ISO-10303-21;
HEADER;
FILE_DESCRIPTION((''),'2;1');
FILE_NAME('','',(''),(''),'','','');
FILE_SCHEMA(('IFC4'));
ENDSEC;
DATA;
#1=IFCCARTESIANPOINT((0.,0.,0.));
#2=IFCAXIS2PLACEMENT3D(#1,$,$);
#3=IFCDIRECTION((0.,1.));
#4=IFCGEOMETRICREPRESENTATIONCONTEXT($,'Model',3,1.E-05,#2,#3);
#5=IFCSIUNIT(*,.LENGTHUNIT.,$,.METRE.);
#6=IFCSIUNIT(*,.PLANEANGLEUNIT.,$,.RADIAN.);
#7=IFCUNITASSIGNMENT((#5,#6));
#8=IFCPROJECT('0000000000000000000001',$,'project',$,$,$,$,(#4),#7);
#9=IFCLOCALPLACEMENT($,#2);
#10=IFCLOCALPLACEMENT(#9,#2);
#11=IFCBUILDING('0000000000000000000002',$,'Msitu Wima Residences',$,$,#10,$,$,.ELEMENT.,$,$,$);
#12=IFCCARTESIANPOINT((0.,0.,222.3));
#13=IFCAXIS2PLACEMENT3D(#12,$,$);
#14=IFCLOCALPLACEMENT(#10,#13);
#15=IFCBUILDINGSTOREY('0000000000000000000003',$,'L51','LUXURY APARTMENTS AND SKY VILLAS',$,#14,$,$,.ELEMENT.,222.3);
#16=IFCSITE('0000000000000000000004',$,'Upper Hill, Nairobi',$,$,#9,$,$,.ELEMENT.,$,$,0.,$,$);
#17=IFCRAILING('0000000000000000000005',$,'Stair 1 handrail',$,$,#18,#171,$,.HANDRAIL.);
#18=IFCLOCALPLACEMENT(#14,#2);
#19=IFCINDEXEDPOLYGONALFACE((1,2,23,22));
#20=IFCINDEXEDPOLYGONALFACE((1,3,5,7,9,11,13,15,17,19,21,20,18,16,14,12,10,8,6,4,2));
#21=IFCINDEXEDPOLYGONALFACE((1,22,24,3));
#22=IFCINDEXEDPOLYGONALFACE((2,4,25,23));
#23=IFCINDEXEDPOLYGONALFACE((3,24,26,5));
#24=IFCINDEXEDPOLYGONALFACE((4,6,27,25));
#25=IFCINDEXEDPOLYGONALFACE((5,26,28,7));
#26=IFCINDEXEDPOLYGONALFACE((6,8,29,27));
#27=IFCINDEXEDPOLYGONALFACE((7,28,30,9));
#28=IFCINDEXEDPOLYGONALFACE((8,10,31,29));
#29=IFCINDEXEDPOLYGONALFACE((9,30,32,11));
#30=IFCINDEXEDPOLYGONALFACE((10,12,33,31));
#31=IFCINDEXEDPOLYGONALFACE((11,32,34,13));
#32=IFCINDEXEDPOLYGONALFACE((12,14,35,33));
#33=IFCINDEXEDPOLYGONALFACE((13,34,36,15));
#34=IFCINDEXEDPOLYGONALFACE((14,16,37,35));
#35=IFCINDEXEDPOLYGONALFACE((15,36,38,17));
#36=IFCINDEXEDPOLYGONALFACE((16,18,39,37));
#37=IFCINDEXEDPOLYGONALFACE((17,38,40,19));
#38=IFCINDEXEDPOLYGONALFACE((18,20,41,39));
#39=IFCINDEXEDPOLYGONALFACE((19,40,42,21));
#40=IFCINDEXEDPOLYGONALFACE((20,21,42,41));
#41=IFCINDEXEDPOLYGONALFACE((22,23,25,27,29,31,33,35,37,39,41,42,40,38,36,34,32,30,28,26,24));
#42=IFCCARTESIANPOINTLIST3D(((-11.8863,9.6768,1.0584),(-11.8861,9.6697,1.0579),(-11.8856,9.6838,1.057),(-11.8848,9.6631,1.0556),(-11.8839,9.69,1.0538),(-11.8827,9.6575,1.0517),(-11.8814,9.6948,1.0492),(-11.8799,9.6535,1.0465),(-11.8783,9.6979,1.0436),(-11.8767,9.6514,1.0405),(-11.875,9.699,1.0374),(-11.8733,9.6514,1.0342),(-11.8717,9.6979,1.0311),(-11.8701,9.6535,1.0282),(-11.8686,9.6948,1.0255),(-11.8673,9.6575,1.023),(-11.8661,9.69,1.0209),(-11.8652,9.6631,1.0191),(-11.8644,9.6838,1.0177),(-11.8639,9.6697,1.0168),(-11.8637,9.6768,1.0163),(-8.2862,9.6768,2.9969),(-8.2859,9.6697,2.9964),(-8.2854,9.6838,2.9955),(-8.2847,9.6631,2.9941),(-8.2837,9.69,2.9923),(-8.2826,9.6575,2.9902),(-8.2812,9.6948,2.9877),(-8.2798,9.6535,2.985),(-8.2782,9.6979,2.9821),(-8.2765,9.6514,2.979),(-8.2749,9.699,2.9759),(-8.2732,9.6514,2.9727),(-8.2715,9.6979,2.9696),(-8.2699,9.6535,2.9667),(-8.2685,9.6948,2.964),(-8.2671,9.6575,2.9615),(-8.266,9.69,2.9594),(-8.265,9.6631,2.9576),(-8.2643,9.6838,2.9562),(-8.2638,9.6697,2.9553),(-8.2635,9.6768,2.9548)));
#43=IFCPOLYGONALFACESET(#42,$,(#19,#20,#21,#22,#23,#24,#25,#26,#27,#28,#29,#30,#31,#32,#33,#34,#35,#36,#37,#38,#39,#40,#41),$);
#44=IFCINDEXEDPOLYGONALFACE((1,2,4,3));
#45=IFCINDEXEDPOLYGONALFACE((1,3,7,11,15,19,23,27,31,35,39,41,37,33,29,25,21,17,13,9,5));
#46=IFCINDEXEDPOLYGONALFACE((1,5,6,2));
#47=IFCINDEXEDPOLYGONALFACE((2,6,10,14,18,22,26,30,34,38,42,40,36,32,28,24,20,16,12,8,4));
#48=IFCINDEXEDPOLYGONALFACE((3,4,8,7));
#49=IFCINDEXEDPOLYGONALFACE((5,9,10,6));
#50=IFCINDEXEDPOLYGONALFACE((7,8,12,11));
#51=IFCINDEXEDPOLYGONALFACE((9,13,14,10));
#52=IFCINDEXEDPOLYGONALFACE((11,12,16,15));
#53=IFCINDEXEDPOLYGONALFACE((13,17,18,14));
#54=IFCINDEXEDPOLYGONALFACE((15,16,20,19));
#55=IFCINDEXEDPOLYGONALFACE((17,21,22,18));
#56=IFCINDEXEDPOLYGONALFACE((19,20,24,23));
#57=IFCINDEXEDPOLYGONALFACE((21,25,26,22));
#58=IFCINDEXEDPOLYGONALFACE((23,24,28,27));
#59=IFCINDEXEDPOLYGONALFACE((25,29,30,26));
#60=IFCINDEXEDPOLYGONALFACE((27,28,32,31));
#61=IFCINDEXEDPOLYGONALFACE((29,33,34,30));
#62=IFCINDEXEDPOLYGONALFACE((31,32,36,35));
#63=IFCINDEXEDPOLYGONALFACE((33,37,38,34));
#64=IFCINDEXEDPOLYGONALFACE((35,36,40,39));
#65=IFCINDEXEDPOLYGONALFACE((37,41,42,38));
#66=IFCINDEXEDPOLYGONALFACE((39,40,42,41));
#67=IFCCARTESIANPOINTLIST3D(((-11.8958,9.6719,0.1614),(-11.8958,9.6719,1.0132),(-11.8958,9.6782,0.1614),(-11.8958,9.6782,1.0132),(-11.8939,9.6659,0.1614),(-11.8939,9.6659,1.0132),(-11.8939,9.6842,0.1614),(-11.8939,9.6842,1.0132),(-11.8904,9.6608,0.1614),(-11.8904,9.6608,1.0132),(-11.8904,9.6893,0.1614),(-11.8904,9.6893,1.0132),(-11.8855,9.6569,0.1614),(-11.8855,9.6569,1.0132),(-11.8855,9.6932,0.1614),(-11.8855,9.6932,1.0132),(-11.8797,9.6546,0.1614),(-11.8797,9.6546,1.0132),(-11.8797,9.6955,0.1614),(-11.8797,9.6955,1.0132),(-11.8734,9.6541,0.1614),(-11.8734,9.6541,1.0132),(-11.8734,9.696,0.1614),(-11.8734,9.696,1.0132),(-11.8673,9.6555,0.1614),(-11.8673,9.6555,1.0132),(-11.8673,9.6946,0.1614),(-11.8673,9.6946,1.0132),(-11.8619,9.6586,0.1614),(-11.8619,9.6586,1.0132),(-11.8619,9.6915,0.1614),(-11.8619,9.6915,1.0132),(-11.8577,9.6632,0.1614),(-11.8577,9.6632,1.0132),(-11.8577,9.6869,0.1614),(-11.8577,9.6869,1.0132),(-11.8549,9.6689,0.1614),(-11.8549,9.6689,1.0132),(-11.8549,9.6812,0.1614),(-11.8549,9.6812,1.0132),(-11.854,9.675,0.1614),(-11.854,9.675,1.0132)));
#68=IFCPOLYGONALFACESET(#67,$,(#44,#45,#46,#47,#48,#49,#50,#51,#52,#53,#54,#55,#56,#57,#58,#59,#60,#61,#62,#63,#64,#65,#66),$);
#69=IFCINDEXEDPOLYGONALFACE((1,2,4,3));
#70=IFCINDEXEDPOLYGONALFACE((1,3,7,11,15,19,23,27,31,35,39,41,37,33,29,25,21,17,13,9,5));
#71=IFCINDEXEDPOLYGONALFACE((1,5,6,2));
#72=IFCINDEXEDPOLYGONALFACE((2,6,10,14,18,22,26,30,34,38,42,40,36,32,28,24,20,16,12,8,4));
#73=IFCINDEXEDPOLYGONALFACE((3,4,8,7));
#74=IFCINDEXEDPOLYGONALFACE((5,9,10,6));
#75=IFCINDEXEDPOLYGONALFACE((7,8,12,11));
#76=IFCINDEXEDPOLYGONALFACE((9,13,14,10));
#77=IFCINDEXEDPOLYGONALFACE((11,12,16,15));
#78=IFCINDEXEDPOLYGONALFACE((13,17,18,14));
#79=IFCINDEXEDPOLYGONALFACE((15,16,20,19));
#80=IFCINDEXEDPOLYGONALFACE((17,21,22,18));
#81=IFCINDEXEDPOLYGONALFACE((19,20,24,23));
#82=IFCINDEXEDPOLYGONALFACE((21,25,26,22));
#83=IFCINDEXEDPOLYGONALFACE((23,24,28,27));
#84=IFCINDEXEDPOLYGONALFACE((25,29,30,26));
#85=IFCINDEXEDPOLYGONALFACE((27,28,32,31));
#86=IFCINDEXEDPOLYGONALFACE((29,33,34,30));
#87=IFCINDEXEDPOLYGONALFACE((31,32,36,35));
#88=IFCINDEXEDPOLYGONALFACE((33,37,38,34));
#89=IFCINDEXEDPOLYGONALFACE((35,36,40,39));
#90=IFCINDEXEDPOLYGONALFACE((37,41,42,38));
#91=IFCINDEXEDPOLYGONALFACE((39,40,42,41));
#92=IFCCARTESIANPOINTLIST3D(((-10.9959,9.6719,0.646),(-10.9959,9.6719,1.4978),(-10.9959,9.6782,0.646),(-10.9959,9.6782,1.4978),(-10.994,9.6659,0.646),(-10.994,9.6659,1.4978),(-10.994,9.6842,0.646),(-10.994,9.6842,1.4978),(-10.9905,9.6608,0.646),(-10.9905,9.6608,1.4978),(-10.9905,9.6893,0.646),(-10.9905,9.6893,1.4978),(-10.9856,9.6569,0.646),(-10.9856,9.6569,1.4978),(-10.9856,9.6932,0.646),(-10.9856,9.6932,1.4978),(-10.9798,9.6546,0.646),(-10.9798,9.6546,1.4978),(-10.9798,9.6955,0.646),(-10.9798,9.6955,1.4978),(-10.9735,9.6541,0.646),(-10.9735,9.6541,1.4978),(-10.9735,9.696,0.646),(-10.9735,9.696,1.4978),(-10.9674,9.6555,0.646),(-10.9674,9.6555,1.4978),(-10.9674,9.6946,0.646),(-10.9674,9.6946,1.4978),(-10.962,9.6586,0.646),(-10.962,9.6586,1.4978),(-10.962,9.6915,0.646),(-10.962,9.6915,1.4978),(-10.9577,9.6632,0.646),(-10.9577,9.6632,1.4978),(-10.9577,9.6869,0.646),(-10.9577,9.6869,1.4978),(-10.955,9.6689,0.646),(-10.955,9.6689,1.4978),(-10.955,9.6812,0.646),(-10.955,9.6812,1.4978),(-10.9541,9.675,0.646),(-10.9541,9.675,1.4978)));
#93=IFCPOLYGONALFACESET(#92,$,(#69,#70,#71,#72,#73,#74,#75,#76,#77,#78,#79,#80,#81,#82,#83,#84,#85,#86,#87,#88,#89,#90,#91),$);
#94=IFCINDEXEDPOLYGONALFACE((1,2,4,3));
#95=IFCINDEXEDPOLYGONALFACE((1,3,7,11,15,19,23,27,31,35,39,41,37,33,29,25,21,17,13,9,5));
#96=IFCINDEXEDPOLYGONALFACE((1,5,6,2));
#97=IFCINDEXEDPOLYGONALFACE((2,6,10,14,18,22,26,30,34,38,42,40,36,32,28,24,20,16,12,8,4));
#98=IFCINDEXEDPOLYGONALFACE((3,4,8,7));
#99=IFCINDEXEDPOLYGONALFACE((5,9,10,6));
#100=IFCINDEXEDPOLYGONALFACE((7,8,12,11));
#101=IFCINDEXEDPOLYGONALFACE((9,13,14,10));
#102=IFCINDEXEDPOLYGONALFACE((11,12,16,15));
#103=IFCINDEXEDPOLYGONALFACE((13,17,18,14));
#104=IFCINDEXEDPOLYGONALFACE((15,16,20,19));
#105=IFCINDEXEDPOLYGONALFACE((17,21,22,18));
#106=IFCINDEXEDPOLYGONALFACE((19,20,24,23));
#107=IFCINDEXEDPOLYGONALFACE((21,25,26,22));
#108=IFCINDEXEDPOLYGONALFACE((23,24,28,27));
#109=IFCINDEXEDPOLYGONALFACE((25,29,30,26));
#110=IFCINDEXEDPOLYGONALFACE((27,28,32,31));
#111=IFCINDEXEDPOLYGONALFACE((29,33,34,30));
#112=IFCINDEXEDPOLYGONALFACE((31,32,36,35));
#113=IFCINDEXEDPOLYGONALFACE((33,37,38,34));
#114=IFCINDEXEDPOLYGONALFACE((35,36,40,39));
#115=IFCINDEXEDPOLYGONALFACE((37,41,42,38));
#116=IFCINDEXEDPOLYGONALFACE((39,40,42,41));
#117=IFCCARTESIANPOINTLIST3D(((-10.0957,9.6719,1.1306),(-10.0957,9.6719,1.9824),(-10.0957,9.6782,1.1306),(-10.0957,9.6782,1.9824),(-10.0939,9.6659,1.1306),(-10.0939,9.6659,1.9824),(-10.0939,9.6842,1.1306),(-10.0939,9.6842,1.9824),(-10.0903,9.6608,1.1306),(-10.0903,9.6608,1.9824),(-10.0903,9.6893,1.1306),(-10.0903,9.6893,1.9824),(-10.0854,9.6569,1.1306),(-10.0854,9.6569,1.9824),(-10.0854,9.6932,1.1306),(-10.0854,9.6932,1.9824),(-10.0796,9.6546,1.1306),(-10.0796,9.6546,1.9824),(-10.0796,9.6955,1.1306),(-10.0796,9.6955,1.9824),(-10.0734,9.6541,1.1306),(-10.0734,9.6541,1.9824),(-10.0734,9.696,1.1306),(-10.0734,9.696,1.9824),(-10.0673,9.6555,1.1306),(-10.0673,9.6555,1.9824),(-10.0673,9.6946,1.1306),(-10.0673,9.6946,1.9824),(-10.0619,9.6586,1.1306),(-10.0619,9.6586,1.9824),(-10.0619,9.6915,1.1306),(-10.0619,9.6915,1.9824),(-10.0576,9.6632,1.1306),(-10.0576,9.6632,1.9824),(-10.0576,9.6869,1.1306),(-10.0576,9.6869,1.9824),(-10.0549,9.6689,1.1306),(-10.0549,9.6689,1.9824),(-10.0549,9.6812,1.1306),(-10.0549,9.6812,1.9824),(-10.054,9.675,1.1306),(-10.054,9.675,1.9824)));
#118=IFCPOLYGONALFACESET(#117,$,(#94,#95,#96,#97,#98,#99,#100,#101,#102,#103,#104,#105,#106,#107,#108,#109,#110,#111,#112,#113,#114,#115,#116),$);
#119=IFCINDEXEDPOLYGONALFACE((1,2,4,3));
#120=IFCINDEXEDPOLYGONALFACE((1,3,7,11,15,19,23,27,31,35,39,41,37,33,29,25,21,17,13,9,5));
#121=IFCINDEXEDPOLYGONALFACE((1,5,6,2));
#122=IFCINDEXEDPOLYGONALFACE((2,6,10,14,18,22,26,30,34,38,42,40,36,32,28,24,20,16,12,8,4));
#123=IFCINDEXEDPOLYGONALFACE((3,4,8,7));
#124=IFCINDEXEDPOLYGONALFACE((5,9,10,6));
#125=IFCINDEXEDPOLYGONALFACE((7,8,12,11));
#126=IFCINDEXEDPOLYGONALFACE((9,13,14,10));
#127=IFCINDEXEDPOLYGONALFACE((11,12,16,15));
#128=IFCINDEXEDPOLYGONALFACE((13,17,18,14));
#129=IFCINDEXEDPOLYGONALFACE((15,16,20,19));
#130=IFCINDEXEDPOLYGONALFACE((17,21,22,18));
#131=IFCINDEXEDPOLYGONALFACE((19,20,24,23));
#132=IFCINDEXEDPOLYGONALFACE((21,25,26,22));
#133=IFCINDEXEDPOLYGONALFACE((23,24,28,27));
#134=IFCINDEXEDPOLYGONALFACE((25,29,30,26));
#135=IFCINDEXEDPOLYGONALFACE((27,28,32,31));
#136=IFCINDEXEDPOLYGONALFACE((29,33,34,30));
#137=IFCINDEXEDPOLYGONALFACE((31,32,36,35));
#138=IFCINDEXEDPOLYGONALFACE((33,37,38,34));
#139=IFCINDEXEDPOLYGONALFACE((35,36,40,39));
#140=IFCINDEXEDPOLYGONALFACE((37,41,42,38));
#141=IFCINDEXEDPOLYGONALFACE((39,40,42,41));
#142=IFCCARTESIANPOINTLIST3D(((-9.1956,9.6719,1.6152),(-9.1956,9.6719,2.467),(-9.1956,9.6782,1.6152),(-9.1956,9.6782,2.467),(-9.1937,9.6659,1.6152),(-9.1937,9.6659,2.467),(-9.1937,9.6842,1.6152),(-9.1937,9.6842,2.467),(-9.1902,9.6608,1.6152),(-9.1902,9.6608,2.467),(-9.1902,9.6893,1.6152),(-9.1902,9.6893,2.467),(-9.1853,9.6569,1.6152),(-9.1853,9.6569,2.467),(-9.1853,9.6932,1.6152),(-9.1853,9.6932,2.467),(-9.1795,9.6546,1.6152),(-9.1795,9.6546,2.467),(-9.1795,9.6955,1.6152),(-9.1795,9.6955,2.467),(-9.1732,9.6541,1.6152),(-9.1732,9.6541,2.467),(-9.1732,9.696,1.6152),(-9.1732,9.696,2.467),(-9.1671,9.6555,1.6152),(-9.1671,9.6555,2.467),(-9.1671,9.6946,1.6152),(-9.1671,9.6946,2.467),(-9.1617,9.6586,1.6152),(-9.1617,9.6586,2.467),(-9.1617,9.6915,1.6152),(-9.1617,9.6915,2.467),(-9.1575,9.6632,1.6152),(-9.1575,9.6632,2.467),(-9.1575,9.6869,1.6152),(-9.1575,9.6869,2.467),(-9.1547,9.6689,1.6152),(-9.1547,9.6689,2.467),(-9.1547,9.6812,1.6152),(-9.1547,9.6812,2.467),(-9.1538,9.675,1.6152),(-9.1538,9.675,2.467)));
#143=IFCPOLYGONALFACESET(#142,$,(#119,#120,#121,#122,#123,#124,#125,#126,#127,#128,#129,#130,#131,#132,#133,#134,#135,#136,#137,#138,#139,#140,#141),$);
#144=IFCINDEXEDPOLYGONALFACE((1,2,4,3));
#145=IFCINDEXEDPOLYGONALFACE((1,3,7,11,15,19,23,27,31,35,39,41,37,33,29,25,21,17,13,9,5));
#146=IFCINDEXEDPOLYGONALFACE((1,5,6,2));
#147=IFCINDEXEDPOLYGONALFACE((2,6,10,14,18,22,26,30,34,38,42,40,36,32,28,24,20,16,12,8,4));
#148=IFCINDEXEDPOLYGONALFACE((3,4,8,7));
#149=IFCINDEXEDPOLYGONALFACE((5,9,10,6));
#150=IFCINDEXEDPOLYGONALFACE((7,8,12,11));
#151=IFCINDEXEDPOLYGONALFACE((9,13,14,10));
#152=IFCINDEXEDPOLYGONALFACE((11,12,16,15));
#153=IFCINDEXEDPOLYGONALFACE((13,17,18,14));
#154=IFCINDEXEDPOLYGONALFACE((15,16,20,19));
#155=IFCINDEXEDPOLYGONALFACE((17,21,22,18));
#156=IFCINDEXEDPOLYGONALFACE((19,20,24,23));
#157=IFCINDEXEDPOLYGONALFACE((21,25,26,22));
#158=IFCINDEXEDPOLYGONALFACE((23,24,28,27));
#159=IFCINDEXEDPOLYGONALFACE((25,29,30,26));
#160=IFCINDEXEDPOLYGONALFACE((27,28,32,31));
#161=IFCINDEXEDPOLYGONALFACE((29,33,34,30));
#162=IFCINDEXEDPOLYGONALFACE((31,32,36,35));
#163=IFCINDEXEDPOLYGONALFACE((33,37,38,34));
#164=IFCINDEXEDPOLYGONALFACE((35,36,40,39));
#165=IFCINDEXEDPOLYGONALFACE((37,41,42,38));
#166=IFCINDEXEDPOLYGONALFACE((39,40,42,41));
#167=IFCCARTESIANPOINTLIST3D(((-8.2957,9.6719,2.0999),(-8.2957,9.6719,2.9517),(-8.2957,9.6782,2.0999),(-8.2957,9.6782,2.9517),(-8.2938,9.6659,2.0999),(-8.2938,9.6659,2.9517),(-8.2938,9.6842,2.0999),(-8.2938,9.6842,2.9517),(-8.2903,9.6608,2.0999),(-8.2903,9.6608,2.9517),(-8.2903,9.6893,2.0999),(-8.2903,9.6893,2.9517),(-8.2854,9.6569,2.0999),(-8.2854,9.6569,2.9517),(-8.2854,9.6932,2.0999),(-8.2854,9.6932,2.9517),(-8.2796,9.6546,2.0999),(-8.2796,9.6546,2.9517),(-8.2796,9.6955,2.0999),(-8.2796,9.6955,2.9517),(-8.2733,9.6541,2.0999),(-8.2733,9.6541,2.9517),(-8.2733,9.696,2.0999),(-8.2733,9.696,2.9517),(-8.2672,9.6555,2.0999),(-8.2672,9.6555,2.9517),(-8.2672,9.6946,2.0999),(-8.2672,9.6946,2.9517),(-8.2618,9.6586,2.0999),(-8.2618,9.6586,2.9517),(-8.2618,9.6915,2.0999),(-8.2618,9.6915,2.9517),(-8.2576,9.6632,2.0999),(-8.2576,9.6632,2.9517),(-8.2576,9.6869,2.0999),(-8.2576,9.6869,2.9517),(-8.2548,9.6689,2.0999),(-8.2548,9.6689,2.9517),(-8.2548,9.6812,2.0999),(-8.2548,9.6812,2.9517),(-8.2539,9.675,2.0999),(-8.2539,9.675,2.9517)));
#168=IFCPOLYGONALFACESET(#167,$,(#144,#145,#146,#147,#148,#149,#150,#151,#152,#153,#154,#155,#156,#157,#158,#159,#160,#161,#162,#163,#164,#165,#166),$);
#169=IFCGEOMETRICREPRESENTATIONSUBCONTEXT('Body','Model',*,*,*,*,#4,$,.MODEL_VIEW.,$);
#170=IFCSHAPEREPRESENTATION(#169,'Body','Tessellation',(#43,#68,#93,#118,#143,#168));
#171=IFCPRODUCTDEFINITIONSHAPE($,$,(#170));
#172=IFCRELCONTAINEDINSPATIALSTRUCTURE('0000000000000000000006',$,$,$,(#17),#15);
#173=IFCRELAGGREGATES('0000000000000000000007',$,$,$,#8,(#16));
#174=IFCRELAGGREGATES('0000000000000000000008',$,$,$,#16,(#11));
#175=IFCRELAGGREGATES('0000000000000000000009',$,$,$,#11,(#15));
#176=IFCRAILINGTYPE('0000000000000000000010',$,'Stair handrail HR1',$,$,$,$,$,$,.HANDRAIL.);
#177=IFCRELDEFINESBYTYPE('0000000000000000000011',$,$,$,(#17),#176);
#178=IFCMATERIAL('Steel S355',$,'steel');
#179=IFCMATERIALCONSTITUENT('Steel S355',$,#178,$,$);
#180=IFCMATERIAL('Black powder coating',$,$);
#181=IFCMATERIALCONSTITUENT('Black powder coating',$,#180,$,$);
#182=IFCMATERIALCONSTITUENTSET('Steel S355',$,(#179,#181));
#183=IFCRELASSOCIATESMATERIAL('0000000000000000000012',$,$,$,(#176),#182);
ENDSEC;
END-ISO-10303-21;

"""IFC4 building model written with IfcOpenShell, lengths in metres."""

from ifc_helpers import new_model, si_unit, direction, frame, origin, origin_2d, place, context, subcontext, project, spatial, circle, extrude, material, constituent, constituent_set, type_object, element, save


model = new_model("IFC4")

# Units and contexts
model_context = context("Model", 3, precision=1e-05, world=origin(), true_north=direction((0.0, 1.0)))
body_context = subcontext(model_context, "Body", "Model", "MODEL_VIEW")
ifc_project = project(units=[si_unit("LENGTHUNIT", "METRE"), si_unit("PLANEANGLEUNIT", "RADIAN")], contexts=[model_context])

# Site, building, storey
site_placement = place(None, origin())
site = spatial("IfcSite", under=ifc_project, at=site_placement, Name="Upper Hill, Nairobi", CompositionType="ELEMENT", RefElevation=0.0)
building_placement = place(site_placement, origin())
building = spatial("IfcBuilding", under=site, at=building_placement, Name="Msitu Wima Residences", CompositionType="ELEMENT")
storey_placement = place(building_placement, frame((0.0, 0.0, 222.3)))
storey = spatial("IfcBuildingStorey", under=building, at=storey_placement, Name="L51", Description="LUXURY APARTMENTS AND SKY VILLAS", CompositionType="ELEMENT", Elevation=222.3)

# Railing
ifc_material_1 = material(Name="Steel S355", Category="steel")
ifc_constituent_1 = constituent(ifc_material_1, Name="Steel S355")
ifc_material_2 = material(Name="Black powder coating")
ifc_constituent_2 = constituent(ifc_material_2, Name="Black powder coating")
ifc_constituent_set = constituent_set(constituents=[ifc_constituent_1, ifc_constituent_2], Name="Steel S355")
railing_type = type_object("IfcRailingType", Name="Stair handrail HR1", PredefinedType="HANDRAIL", material=ifc_constituent_set)
railing_placement = place(storey_placement, frame((-11.875, 9.675, 0.1614)))
element("IfcRailing", 1, at=railing_placement, inside=storey, type_object=railing_type, Name="Stair 1 handrail", PredefinedType="HANDRAIL", context=body_context, shape_type="SweptSolid", body=[
    extrude(circle(Radius=0.0239, at=origin_2d()), frame((0.0, 0.0, 0.876), z_axis=(0.880475, 0.0, 0.474093), x_axis=(0.0, 1.0, 0.0)), (0.0, 0.0, 1.0), 4.0889),
    extrude(circle(Radius=0.021, at=origin_2d()), origin(), (0.0, 0.0, 1.0), 0.8518),
    extrude(circle(Radius=0.021, at=origin_2d()), frame((0.8999, 0.0, 0.4846)), (0.0, 0.0, 1.0), 0.8518),
    extrude(circle(Radius=0.021, at=origin_2d()), frame((1.8, 0.0, 0.9692)), (0.0, 0.0, 1.0), 0.8518),
    extrude(circle(Radius=0.021, at=origin_2d()), frame((2.7002, 0.0, 1.4539)), (0.0, 0.0, 1.0), 0.8518),
    extrude(circle(Radius=0.021, at=origin_2d()), frame((3.6001, 0.0, 1.9385)), (0.0, 0.0, 1.0), 0.8518),
])

save(model, "model.ifc")
